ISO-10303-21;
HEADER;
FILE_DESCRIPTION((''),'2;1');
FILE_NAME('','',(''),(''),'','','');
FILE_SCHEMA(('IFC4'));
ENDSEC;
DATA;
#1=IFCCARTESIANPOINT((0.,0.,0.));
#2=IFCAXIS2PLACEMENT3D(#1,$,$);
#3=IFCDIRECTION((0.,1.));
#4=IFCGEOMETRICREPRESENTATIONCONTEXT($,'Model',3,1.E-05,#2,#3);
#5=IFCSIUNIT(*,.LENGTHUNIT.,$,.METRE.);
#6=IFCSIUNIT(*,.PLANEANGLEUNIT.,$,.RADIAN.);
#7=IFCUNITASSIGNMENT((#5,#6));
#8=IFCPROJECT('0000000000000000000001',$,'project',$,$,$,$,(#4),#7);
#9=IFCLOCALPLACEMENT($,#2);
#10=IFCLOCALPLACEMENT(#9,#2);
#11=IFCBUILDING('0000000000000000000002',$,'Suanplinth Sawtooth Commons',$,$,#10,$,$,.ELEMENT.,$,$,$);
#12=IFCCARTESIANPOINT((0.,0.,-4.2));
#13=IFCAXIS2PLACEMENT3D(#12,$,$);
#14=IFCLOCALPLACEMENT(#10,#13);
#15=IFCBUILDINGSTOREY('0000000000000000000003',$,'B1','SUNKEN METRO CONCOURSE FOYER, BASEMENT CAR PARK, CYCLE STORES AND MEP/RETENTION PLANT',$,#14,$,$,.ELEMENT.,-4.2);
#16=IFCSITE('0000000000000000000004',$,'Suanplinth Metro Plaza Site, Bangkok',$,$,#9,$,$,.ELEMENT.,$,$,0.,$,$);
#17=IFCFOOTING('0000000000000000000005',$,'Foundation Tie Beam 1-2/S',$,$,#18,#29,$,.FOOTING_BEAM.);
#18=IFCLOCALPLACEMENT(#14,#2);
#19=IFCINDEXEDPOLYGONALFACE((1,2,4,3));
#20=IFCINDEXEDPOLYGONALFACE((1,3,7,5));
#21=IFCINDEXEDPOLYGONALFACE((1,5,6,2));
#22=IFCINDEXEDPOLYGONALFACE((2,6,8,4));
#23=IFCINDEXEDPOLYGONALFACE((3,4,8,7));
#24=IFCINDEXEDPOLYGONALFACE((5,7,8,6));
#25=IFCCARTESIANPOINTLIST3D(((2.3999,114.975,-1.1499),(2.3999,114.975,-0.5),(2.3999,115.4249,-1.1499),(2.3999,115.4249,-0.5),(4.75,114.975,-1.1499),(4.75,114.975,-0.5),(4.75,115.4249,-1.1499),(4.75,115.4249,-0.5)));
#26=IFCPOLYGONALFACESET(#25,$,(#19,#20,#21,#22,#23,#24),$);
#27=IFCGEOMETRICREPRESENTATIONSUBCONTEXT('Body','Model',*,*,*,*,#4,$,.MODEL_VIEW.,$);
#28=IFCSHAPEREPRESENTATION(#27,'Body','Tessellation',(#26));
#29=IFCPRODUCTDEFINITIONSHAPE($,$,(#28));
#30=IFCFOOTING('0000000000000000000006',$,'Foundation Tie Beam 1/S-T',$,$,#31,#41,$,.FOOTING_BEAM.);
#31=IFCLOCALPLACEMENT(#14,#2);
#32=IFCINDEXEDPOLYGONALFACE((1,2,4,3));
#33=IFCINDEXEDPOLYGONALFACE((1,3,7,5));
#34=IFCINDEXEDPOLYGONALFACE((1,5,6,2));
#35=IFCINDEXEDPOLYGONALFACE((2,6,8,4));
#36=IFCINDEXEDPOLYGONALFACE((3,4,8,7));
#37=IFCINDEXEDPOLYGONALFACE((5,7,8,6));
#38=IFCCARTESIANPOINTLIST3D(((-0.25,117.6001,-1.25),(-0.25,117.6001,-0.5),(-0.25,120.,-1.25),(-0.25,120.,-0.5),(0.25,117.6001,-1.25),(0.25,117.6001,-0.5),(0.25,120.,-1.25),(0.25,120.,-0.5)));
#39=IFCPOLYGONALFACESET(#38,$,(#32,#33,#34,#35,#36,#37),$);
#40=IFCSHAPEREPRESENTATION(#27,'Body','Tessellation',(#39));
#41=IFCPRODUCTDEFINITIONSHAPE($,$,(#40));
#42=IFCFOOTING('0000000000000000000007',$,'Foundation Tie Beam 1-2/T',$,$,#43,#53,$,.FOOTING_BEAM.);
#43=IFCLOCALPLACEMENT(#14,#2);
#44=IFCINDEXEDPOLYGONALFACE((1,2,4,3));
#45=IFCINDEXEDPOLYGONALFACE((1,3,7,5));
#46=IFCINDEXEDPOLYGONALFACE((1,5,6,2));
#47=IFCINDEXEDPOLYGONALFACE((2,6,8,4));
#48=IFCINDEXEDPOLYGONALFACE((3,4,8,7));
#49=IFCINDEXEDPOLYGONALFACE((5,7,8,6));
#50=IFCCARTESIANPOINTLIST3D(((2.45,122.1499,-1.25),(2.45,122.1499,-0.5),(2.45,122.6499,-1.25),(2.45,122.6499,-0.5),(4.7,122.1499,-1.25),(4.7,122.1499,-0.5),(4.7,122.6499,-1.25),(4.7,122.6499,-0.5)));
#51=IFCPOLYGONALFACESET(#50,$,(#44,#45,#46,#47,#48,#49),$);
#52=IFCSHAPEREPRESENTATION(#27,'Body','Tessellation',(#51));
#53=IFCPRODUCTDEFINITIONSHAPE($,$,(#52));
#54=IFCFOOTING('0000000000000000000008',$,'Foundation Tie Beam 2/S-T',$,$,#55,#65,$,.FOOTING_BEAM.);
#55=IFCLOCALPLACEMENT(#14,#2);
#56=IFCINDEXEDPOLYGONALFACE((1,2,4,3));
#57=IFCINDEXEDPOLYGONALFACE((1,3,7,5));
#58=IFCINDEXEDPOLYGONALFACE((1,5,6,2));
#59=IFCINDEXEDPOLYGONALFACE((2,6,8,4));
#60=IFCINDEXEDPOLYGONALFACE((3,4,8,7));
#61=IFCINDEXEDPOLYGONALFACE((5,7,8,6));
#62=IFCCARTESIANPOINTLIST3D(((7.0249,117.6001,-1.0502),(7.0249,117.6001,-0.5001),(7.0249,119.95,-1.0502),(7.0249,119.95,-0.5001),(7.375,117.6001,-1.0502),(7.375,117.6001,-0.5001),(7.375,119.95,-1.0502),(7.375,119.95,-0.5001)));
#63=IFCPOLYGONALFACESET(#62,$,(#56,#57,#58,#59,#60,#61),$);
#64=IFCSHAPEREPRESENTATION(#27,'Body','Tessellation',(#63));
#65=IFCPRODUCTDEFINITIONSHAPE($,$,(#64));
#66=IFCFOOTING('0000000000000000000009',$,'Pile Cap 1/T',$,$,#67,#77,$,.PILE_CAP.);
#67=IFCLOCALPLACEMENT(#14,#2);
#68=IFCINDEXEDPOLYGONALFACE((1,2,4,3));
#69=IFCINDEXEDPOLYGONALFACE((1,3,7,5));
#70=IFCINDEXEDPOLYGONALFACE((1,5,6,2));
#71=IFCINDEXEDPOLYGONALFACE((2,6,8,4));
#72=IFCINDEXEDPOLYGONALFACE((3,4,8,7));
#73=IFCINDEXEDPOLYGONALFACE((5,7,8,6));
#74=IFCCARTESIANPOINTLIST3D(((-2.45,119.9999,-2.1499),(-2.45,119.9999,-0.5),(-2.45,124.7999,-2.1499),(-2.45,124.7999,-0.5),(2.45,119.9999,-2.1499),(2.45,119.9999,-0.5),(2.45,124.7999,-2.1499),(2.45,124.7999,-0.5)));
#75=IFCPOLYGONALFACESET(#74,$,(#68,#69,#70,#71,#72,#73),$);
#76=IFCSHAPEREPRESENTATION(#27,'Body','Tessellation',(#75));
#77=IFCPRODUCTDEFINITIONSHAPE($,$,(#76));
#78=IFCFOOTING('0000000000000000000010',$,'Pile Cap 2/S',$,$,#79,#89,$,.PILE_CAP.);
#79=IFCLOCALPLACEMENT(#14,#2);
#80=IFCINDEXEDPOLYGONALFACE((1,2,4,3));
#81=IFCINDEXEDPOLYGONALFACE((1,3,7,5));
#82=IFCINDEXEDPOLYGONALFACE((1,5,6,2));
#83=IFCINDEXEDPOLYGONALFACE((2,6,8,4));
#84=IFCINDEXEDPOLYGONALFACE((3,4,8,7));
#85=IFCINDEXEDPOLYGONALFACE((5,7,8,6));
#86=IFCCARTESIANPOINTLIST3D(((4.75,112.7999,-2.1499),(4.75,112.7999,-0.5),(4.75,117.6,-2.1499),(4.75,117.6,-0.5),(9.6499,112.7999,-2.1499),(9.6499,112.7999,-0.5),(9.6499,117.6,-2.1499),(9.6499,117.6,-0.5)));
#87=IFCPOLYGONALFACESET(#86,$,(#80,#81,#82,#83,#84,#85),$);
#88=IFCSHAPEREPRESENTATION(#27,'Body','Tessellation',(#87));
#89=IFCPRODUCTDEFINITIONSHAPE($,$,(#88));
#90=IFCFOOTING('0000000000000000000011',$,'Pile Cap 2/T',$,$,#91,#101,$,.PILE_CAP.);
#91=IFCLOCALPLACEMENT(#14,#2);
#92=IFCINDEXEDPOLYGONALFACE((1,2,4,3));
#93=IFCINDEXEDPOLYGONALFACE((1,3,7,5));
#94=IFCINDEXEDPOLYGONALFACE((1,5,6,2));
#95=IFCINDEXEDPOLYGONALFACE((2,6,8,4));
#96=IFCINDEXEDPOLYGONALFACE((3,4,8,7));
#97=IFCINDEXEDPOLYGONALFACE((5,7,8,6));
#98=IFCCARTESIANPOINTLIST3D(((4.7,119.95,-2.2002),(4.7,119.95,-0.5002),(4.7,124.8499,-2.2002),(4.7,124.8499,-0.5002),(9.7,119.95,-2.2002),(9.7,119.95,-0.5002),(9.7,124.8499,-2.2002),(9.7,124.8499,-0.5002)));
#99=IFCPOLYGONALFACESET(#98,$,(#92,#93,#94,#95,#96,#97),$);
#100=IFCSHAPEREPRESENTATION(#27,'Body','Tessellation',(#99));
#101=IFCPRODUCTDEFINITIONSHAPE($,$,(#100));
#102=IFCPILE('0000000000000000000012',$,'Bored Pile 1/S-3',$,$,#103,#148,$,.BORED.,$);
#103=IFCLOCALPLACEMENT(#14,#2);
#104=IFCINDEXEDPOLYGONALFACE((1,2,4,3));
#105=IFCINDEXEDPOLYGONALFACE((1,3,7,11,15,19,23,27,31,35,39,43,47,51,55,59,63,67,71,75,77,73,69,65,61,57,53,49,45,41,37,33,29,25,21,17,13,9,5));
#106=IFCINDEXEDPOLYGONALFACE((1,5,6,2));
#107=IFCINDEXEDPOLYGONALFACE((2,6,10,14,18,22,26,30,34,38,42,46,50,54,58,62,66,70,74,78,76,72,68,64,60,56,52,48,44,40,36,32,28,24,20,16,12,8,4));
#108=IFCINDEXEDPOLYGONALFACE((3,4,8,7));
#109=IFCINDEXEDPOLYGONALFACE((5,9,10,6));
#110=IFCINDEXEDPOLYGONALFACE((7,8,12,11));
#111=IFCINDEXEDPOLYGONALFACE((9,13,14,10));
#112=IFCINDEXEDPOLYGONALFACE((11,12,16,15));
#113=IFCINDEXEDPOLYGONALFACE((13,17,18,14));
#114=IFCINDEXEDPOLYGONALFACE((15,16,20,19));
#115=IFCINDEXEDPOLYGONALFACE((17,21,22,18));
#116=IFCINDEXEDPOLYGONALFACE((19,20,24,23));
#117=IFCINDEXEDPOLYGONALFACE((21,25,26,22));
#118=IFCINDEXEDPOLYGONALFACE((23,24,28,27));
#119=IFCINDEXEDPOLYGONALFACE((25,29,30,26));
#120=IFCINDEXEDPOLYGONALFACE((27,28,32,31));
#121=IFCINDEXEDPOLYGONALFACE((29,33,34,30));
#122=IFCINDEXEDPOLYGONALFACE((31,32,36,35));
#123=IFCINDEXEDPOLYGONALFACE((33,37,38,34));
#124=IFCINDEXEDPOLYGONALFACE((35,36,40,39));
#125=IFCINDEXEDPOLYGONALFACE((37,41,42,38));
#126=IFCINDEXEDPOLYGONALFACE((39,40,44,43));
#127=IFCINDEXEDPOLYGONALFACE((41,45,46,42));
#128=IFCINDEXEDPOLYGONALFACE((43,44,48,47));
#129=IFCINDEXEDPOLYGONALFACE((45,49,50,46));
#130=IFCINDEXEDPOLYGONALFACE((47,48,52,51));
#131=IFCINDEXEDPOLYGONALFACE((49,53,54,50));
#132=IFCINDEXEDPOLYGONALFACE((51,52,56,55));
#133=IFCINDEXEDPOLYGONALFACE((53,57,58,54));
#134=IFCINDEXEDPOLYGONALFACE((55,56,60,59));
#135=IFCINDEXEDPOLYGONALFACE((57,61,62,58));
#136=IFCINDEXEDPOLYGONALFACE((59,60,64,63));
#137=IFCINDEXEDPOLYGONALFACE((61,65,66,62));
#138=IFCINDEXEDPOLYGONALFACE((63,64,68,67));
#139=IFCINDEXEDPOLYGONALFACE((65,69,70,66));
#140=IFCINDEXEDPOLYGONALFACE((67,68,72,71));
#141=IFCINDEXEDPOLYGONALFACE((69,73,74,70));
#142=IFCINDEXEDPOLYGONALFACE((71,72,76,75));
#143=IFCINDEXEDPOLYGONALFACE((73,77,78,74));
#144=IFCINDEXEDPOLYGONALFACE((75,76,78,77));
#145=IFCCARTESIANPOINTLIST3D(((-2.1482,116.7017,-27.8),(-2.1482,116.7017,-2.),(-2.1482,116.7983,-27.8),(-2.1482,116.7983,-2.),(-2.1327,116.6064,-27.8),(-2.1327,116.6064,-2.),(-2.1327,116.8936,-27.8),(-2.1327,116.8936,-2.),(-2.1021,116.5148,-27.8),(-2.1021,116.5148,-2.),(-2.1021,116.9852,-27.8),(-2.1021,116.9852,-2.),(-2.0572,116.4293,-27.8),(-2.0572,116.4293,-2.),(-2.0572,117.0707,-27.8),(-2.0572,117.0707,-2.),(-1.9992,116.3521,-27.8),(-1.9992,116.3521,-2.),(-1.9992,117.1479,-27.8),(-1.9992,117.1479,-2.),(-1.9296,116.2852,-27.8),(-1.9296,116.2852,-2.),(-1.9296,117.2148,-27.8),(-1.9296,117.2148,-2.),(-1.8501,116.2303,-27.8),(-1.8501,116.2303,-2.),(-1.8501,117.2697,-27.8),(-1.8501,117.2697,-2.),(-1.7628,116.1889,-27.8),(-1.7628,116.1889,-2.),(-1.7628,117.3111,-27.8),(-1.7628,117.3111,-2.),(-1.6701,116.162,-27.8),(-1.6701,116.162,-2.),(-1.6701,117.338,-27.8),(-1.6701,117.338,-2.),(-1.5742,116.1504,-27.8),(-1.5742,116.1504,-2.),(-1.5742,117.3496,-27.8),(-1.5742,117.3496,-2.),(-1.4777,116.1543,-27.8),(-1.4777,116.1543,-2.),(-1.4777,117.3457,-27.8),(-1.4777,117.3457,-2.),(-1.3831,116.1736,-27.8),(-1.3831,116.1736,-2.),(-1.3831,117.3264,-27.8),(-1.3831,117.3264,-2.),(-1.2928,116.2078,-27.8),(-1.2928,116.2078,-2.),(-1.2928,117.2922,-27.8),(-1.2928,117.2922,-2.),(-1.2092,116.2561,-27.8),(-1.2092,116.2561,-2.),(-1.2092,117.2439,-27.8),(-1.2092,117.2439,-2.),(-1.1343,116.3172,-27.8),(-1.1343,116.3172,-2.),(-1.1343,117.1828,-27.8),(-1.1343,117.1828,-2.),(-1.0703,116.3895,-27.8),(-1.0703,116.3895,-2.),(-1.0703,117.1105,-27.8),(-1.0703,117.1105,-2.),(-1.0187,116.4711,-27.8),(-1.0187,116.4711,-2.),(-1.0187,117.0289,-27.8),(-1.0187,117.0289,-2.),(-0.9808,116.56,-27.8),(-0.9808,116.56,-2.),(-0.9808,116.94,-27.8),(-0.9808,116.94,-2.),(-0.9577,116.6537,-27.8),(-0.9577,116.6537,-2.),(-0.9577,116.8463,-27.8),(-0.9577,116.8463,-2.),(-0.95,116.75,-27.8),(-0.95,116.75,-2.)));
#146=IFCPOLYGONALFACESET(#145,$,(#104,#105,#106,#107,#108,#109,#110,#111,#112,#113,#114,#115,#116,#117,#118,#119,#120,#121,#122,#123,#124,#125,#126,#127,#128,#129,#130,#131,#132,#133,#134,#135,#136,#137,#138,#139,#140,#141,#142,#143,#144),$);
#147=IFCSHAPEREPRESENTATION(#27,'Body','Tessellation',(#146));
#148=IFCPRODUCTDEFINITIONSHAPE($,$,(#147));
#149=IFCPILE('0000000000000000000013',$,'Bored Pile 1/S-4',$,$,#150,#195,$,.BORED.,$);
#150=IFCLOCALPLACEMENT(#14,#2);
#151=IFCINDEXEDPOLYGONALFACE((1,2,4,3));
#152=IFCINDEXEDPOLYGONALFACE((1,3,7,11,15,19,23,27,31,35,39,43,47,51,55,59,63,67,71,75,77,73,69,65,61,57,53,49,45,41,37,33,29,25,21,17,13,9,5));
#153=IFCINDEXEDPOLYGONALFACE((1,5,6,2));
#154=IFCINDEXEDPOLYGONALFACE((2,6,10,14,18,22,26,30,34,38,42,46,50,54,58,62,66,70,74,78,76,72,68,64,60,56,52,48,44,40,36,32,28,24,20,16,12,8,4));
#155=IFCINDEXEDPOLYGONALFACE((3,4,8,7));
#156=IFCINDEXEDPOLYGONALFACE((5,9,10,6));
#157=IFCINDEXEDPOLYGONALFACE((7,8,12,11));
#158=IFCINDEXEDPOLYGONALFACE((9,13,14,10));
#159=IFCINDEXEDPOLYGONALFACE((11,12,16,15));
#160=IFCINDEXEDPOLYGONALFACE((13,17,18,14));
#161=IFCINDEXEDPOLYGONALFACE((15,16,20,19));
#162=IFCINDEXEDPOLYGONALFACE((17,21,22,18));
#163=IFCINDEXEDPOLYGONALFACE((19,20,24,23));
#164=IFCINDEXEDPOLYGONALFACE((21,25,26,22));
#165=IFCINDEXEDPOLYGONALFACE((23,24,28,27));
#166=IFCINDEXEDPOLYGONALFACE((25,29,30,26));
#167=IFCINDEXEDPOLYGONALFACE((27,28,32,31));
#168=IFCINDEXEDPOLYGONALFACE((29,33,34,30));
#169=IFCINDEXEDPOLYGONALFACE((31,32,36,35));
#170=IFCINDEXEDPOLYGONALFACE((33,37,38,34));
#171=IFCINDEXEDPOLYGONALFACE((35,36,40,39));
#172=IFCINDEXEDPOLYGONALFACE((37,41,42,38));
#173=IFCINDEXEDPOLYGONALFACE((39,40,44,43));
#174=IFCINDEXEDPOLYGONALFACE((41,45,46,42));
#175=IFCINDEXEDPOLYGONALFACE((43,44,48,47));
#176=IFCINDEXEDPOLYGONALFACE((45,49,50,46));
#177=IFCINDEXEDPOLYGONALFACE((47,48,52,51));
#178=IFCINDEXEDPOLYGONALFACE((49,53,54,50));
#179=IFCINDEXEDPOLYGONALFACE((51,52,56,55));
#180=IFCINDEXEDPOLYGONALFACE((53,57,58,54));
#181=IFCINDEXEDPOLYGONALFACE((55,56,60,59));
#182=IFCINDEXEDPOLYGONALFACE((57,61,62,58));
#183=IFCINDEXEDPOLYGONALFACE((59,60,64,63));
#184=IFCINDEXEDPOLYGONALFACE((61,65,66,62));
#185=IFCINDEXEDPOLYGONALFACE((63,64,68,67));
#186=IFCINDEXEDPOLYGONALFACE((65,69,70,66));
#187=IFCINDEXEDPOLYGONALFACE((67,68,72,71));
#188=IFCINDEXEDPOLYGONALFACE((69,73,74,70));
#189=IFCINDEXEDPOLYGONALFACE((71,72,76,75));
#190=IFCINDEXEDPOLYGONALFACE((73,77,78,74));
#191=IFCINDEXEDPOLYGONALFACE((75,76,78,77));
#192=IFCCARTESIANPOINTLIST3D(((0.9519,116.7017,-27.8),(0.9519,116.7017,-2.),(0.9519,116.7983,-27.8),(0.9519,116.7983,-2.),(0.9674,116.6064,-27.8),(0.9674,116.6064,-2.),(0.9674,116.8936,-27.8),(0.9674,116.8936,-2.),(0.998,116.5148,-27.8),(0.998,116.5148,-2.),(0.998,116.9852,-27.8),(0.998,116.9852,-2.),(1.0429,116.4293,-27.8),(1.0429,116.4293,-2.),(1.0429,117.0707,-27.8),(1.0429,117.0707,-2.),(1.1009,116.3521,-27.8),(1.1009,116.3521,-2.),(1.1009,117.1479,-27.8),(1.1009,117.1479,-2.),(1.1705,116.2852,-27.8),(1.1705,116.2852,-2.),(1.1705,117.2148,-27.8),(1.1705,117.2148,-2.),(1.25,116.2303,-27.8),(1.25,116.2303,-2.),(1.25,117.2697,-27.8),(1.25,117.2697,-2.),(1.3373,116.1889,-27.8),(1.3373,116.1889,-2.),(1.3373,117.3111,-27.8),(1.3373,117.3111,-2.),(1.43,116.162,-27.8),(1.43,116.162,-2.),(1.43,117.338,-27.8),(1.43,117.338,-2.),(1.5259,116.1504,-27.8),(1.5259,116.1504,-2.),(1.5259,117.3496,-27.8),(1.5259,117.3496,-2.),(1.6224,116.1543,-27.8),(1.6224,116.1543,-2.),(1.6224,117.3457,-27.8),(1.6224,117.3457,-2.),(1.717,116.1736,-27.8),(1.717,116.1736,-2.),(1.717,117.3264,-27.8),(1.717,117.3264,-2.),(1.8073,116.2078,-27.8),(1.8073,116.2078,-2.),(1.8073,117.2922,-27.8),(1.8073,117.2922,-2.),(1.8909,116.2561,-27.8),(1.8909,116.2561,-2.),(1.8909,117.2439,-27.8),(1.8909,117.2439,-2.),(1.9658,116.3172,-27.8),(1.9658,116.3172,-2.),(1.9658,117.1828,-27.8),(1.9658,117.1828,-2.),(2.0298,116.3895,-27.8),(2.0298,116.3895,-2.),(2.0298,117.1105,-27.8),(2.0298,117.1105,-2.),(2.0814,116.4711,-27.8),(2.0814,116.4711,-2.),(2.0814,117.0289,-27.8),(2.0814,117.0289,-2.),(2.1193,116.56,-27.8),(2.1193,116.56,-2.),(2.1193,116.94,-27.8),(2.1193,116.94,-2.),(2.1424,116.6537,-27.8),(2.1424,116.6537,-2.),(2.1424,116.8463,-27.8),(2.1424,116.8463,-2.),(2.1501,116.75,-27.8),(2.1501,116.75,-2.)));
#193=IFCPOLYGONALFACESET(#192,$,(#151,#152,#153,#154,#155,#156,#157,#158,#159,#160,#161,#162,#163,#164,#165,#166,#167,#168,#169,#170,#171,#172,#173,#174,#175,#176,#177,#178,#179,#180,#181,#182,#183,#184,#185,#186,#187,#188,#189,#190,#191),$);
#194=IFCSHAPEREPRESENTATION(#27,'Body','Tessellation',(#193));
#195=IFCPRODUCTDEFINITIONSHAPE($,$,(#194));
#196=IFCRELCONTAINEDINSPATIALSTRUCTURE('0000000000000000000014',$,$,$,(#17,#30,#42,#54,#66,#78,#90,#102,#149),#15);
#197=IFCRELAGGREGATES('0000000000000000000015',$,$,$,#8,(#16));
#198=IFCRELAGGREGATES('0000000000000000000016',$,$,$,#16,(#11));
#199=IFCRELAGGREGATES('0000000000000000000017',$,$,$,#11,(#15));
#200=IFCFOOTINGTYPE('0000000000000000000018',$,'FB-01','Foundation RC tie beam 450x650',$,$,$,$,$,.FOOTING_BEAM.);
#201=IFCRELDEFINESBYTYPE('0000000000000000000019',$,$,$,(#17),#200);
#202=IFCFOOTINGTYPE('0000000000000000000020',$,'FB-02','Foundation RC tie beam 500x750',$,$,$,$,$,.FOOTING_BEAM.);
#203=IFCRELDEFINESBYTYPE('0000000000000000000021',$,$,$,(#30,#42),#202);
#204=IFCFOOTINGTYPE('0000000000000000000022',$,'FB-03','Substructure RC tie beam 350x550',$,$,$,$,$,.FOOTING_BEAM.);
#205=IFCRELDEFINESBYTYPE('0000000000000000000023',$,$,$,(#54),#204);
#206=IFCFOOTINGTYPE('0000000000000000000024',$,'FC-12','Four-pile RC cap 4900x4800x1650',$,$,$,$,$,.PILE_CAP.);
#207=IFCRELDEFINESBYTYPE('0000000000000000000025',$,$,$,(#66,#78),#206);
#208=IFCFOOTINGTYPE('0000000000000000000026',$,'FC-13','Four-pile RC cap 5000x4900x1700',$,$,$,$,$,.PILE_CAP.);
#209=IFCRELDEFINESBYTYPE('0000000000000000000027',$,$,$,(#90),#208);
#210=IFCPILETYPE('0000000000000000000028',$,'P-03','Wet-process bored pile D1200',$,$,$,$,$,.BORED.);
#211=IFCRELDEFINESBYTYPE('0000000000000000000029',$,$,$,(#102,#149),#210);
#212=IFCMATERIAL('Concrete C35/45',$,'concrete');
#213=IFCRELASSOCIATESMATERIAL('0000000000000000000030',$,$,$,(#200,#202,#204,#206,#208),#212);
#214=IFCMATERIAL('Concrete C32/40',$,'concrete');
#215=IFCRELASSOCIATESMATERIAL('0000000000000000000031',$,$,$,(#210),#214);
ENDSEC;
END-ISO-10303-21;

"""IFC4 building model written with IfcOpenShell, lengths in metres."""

from ifc_helpers import new_model, si_unit, direction, frame, origin, origin_2d, place, context, subcontext, project, spatial, rectangle, circle, extrude, material, material_profile, profile_set, type_object, element, save


model = new_model("IFC4")

# Units and contexts
model_context = context("Model", 3, precision=1e-05, world=origin(), true_north=direction((0.0, 1.0)))
body_context = subcontext(model_context, "Body", "Model", "MODEL_VIEW")
ifc_project = project(units=[si_unit("LENGTHUNIT", "METRE"), si_unit("PLANEANGLEUNIT", "RADIAN")], contexts=[model_context])

# Site, building, storey
site_placement = place(None, origin())
site = spatial("IfcSite", under=ifc_project, at=site_placement, Name="Suanplinth Metro Plaza Site, Bangkok", CompositionType="ELEMENT", RefElevation=0.0)
building_placement = place(site_placement, origin())
building = spatial("IfcBuilding", under=site, at=building_placement, Name="Suanplinth Sawtooth Commons", CompositionType="ELEMENT")
storey_placement = place(building_placement, frame((0.0, 0.0, -4.2)))
storey = spatial("IfcBuildingStorey", under=building, at=storey_placement, Name="B1", Description="SUNKEN METRO CONCOURSE FOYER, BASEMENT CAR PARK, CYCLE STORES AND MEP/RETENTION PLANT", CompositionType="ELEMENT", Elevation=-4.2)

# Footings
ifc_material_1 = material(Name="Concrete C35/45", Category="concrete")
ifc_material_profile_1 = material_profile(ifc_material_1, rectangle(XDim=0.45, YDim=0.6499, at=origin_2d()), Name="PC-GDR 450x650")
ifc_profile_set_1 = profile_set([ifc_material_profile_1], Name="Concrete C35/45")
footing_type_1 = type_object("IfcFootingType", Name="FB-01", Description="Foundation RC tie beam 450x650", PredefinedType="FOOTING_BEAM", material=ifc_profile_set_1)
footing_1_placement = place(storey_placement, frame((2.3999, 115.2, -0.825), z_axis=(1.0, 0.0, 0.0), x_axis=(0.0, 1.0, 0.0)))
element("IfcFooting", 1, at=footing_1_placement, inside=storey, type_object=footing_type_1, Name="Foundation Tie Beam 1-2/S", PredefinedType="FOOTING_BEAM", context=body_context, shape_type="SweptSolid", body=[
    extrude(rectangle(XDim=0.45, YDim=0.6499, at=origin_2d()), origin(), (0.0, 0.0, 1.0), 2.3501),
])
ifc_material_profile_2 = material_profile(ifc_material_1, rectangle(XDim=0.5, YDim=0.75, at=origin_2d()), Name="RC-GDR 500x750")
ifc_profile_set_2 = profile_set([ifc_material_profile_2], Name="Concrete C35/45")
footing_type_2 = type_object("IfcFootingType", Name="FB-02", Description="Foundation RC tie beam 500x750", PredefinedType="FOOTING_BEAM", material=ifc_profile_set_2)
footing_2_placement = place(storey_placement, frame((0.0, 117.6001, -0.875), z_axis=(0.0, 1.0, 0.0), x_axis=(-1.0, 0.0, 0.0)))
element("IfcFooting", 2, at=footing_2_placement, inside=storey, type_object=footing_type_2, Name="Foundation Tie Beam 1/S-T", PredefinedType="FOOTING_BEAM", context=body_context, shape_type="SweptSolid", body=[
    extrude(rectangle(XDim=0.5, YDim=0.75, at=origin_2d()), origin(), (0.0, 0.0, 1.0), 2.3999),
])
footing_3_placement = place(storey_placement, frame((2.45, 122.3999, -0.875), z_axis=(1.0, 0.0, 0.0), x_axis=(0.0, 1.0, 0.0)))
element("IfcFooting", 3, at=footing_3_placement, inside=storey, type_object=footing_type_2, Name="Foundation Tie Beam 1-2/T", PredefinedType="FOOTING_BEAM", context=body_context, shape_type="SweptSolid", body=[
    extrude(rectangle(XDim=0.5, YDim=0.75, at=origin_2d()), origin(), (0.0, 0.0, 1.0), 2.25),
])
ifc_material_profile_3 = material_profile(ifc_material_1, rectangle(XDim=0.3501, YDim=0.55, at=origin_2d()), Name="PC-BM 350x550")
ifc_profile_set_3 = profile_set([ifc_material_profile_3], Name="Concrete C35/45")
footing_type_3 = type_object("IfcFootingType", Name="FB-03", Description="Substructure RC tie beam 350x550", PredefinedType="FOOTING_BEAM", material=ifc_profile_set_3)
footing_4_placement = place(storey_placement, frame((7.2, 117.6001, -0.7751), z_axis=(0.0, 1.0, 0.0), x_axis=(-1.0, 0.0, 0.0)))
element("IfcFooting", 4, at=footing_4_placement, inside=storey, type_object=footing_type_3, Name="Foundation Tie Beam 2/S-T", PredefinedType="FOOTING_BEAM", context=body_context, shape_type="SweptSolid", body=[
    extrude(rectangle(XDim=0.3501, YDim=0.55, at=origin_2d()), origin(), (0.0, 0.0, 1.0), 2.3499),
])
footing_type_4 = type_object("IfcFootingType", Name="FC-12", Description="Four-pile RC cap 4900x4800x1650", PredefinedType="PILE_CAP", material=ifc_material_1)
for number, where, z_axis, x_axis, name in (
    (5, (0.0, 122.3999, -2.1499), (0.0, 0.0, 1.0), (1.0, 0.0, 0.0), "Pile Cap 1/T"),
    (6, (7.2, 115.2, -2.1499), (0.0, 0.0, 1.0), (1.0, 0.0, 0.0), "Pile Cap 2/S"),
):
    element("IfcFooting", number, at=place(storey_placement, frame(where, z_axis=z_axis, x_axis=x_axis)), inside=storey, type_object=footing_type_4, Name=name, PredefinedType="PILE_CAP", context=body_context, shape_type="SweptSolid", body=[
        extrude(rectangle(XDim=4.8999, YDim=4.8, at=origin_2d()), origin(), (0.0, 0.0, 1.0), 1.6499),
    ])
footing_type_5 = type_object("IfcFootingType", Name="FC-13", Description="Four-pile RC cap 5000x4900x1700", PredefinedType="PILE_CAP", material=ifc_material_1)
footing_5_placement = place(storey_placement, frame((7.2, 122.3999, -2.2002), z_axis=(0.0, 0.0, 1.0), x_axis=(1.0, 0.0, 0.0)))
element("IfcFooting", 7, at=footing_5_placement, inside=storey, type_object=footing_type_5, Name="Pile Cap 2/T", PredefinedType="PILE_CAP", context=body_context, shape_type="SweptSolid", body=[
    extrude(rectangle(XDim=5.0, YDim=4.8999, at=origin_2d()), origin(), (0.0, 0.0, 1.0), 1.7),
])

# Piles
ifc_material_2 = material(Name="Concrete C32/40", Category="concrete")
ifc_material_profile_4 = material_profile(ifc_material_2, circle(Radius=0.6001, at=origin_2d()), Name="PILE D1200")
ifc_profile_set_4 = profile_set([ifc_material_profile_4], Name="Concrete C32/40")
pile_type = type_object("IfcPileType", Name="P-03", Description="Wet-process bored pile D1200", PredefinedType="BORED", material=ifc_profile_set_4)
for number, where, z_axis, x_axis, name in (
    (8, (-1.55, 116.75, -2.0), (0.0, 0.0, -1.0), (1.0, 0.0, 0.0), "Bored Pile 1/S-3"),
    (9, (1.55, 116.75, -2.0), (0.0, 0.0, -1.0), (1.0, 0.0, 0.0), "Bored Pile 1/S-4"),
):
    element("IfcPile", number, at=place(storey_placement, frame(where, z_axis=z_axis, x_axis=x_axis)), inside=storey, type_object=pile_type, Name=name, PredefinedType="BORED", context=body_context, shape_type="SweptSolid", body=[
        extrude(circle(Radius=0.6001, at=origin_2d()), origin(), (0.0, 0.0, 1.0), 25.8),
    ])

save(model, "model.ifc")
